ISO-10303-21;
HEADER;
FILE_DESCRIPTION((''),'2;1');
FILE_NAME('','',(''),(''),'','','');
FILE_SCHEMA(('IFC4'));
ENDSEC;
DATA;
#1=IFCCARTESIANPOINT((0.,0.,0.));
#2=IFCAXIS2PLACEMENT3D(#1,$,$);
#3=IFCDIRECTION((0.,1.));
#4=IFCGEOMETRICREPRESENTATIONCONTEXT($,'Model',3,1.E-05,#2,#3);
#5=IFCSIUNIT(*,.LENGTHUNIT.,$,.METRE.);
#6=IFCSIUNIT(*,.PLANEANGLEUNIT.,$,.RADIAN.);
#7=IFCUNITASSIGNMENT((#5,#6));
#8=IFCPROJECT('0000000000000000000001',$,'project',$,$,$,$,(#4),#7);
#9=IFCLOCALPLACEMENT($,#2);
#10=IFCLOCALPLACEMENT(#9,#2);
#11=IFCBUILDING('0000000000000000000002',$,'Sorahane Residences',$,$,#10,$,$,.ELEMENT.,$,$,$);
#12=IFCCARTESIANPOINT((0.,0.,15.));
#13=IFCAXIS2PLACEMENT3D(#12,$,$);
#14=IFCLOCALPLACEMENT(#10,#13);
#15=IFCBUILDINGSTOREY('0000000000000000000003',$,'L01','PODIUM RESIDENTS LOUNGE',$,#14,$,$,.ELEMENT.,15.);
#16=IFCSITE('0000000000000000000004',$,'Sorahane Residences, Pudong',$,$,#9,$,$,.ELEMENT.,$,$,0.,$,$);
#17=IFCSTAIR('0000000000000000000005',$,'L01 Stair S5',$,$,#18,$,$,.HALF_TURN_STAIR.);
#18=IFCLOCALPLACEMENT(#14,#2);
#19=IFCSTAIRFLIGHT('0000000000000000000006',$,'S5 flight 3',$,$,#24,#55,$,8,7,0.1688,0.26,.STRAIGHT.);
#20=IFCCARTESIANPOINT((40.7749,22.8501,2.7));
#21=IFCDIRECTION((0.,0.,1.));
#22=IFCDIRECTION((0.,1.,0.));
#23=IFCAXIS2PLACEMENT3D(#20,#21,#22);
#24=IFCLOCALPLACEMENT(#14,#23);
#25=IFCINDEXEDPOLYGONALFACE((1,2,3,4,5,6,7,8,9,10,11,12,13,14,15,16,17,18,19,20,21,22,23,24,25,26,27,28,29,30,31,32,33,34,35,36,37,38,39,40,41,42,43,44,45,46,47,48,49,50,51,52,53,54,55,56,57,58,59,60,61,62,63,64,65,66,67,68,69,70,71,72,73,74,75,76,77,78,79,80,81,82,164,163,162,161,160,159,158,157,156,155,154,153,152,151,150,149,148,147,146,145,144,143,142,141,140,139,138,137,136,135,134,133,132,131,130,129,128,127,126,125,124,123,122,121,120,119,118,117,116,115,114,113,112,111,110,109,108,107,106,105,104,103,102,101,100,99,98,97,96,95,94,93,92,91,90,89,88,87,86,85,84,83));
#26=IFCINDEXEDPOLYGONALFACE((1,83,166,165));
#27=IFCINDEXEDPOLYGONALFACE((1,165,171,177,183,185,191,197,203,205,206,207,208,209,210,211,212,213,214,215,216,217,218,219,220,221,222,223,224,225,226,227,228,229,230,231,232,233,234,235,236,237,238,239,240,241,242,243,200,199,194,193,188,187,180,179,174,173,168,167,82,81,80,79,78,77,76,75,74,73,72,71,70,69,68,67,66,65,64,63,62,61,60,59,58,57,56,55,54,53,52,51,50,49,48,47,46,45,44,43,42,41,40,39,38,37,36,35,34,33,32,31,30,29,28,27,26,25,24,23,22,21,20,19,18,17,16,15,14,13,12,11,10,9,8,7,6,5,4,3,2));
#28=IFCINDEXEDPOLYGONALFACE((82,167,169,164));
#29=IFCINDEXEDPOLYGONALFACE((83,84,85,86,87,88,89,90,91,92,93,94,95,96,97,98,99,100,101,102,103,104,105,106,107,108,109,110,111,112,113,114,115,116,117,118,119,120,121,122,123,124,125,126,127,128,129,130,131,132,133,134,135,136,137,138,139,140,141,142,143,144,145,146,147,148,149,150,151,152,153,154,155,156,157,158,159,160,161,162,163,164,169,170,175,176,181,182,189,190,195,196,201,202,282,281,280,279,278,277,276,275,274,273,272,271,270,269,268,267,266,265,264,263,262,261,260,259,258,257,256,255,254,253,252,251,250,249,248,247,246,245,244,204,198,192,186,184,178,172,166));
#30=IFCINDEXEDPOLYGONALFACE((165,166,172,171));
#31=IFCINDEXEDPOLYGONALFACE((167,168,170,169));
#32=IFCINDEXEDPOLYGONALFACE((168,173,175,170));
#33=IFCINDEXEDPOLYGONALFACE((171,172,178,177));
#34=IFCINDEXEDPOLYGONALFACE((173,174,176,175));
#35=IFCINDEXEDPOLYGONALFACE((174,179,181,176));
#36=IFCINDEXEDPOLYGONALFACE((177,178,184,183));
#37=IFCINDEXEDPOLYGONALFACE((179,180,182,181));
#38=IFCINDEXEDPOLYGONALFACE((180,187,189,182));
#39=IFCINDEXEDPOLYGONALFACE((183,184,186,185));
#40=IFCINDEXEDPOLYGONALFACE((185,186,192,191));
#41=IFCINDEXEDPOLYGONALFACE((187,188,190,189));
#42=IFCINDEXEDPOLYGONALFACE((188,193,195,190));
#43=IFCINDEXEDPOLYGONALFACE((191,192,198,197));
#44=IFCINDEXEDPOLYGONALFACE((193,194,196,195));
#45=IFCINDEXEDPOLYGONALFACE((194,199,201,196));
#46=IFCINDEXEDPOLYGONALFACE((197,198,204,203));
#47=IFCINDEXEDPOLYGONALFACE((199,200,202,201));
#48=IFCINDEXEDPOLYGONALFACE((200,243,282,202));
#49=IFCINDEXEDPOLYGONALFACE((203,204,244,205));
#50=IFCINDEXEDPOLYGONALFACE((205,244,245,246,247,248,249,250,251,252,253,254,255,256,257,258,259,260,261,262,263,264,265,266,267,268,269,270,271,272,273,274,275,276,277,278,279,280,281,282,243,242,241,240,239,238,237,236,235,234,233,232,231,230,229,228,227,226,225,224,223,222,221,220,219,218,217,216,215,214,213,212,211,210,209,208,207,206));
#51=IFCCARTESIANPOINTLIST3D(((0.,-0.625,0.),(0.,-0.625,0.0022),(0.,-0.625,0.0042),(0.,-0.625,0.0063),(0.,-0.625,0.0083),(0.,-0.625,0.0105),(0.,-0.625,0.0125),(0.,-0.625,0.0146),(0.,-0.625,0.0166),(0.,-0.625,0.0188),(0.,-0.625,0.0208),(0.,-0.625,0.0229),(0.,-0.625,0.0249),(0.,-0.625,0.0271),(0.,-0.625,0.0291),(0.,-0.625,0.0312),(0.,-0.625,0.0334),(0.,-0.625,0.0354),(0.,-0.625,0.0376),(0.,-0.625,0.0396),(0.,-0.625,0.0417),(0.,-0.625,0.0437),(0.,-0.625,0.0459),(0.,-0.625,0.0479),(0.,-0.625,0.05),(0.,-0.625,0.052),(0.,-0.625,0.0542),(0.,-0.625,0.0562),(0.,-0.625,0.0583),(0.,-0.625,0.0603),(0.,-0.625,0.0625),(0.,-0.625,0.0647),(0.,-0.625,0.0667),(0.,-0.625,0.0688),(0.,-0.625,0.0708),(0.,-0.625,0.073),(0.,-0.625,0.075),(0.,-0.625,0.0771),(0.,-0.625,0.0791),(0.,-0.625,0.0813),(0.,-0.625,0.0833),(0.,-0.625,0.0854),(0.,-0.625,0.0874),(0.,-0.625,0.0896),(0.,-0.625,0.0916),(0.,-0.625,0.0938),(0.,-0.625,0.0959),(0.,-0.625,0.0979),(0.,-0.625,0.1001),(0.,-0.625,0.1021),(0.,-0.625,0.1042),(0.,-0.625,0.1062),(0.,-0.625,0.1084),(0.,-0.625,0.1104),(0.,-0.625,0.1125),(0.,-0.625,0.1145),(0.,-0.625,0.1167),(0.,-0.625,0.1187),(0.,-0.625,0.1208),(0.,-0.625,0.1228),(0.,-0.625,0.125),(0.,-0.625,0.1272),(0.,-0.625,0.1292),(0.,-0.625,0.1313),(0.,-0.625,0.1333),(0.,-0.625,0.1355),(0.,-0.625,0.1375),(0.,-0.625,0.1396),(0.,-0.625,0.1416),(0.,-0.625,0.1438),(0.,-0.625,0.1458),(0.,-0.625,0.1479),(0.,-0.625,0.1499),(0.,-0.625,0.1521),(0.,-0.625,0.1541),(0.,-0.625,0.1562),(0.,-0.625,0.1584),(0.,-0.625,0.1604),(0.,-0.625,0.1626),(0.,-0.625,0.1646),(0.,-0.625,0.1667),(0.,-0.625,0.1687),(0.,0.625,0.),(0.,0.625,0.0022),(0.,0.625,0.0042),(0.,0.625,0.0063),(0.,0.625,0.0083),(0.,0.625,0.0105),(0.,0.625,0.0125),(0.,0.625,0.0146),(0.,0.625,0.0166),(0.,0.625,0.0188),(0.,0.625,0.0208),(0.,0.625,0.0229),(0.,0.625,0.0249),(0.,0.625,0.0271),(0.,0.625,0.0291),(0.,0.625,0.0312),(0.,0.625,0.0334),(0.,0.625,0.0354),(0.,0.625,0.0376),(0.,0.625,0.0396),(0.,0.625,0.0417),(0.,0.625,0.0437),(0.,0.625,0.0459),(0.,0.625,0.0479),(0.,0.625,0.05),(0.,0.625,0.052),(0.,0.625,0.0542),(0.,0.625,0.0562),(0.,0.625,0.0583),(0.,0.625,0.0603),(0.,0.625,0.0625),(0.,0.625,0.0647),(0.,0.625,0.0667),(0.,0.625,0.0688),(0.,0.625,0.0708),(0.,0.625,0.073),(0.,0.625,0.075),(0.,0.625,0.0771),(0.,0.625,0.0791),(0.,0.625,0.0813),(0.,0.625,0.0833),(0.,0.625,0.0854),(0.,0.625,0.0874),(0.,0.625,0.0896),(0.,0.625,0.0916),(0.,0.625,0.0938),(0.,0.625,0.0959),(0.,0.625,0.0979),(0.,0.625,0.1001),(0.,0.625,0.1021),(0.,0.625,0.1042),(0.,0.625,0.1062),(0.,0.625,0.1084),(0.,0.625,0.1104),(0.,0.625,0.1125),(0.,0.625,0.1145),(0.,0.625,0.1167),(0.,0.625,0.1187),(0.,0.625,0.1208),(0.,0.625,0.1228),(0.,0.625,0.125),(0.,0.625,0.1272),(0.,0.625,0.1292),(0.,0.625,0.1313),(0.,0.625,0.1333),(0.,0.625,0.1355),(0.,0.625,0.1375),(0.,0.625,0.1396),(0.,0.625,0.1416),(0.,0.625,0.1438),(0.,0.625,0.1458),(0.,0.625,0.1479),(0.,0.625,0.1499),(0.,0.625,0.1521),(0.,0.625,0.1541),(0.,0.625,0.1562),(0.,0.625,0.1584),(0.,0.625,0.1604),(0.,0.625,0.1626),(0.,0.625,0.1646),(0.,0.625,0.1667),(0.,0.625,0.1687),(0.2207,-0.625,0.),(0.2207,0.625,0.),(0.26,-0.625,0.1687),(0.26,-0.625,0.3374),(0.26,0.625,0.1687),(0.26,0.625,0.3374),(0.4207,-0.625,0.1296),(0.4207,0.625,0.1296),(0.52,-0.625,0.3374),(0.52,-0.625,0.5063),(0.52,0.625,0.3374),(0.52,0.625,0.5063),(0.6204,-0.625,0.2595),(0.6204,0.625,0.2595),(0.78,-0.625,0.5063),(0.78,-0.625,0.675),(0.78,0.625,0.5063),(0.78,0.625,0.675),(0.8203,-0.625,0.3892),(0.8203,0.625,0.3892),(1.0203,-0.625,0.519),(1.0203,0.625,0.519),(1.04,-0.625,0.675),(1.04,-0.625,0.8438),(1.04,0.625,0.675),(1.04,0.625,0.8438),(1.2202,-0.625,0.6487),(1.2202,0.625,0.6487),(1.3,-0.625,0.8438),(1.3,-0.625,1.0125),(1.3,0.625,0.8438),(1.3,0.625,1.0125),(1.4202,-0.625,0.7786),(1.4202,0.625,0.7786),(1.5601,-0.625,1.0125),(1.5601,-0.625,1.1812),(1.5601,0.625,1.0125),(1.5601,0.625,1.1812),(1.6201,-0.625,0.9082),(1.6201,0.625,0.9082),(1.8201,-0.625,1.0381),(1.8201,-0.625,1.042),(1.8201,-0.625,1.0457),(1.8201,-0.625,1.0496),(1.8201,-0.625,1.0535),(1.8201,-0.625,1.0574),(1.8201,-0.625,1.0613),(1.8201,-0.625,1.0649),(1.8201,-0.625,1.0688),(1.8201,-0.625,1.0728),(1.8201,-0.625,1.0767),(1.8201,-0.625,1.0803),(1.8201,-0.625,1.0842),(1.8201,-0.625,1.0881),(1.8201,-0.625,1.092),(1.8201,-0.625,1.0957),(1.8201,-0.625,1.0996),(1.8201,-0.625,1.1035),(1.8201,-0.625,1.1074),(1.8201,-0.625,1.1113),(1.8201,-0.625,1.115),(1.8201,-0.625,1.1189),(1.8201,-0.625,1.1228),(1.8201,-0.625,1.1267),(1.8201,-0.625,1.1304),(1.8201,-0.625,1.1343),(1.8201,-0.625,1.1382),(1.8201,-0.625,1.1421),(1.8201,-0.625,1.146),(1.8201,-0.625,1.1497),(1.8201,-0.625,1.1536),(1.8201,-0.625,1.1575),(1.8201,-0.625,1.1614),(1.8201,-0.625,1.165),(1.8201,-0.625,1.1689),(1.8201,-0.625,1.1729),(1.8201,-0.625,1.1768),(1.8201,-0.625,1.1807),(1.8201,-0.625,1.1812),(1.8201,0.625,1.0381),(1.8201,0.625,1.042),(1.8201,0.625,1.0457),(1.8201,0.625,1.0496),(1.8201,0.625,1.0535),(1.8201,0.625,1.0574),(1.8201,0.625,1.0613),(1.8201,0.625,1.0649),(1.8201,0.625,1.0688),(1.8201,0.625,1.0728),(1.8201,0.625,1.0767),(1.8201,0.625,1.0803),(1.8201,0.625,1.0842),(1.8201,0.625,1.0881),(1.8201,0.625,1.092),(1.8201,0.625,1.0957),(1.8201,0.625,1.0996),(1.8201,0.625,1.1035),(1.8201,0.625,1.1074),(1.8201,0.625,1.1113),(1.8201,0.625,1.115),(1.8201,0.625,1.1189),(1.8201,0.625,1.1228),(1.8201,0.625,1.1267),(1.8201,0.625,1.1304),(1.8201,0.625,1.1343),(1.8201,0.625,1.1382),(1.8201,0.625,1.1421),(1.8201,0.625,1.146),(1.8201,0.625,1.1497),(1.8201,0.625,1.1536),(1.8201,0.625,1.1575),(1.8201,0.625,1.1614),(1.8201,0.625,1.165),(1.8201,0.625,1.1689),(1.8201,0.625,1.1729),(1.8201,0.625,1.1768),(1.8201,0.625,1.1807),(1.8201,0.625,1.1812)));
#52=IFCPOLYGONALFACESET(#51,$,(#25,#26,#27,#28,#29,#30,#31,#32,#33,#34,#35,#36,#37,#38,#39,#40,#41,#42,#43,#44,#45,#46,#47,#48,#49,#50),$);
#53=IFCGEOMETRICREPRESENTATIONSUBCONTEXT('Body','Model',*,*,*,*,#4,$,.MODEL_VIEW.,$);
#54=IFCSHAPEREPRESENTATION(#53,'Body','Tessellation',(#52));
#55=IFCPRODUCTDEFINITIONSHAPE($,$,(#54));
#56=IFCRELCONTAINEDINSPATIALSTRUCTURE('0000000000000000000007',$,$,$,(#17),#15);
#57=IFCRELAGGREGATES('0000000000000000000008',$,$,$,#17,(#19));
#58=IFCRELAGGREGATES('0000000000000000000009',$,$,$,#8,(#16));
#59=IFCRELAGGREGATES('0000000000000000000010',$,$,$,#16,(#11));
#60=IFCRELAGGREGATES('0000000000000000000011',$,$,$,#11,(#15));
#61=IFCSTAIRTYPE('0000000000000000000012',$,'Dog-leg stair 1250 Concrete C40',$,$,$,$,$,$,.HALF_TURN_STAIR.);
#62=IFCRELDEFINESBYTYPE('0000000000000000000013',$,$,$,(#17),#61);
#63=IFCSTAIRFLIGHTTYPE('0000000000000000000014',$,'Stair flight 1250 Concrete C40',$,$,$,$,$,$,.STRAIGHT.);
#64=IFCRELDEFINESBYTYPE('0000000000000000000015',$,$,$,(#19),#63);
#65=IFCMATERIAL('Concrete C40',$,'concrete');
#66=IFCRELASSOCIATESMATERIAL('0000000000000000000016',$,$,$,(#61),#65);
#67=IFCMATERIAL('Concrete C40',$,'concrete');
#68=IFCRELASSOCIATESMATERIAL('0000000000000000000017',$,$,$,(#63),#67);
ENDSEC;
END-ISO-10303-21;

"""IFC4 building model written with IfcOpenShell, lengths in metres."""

from ifc_helpers import new_model, si_unit, direction, frame, origin, place, context, subcontext, project, spatial, polyline, outline, extrude, material, type_object, element, aggregate, save


model = new_model("IFC4")

# Units and contexts
model_context = context("Model", 3, precision=1e-05, world=origin(), true_north=direction((0.0, 1.0)))
body_context = subcontext(model_context, "Body", "Model", "MODEL_VIEW")
ifc_project = project(units=[si_unit("LENGTHUNIT", "METRE"), si_unit("PLANEANGLEUNIT", "RADIAN")], contexts=[model_context])

# Site, building, storey
site_placement = place(None, origin())
site = spatial("IfcSite", under=ifc_project, at=site_placement, Name="Sorahane Residences, Pudong", CompositionType="ELEMENT", RefElevation=0.0)
building_placement = place(site_placement, origin())
building = spatial("IfcBuilding", under=site, at=building_placement, Name="Sorahane Residences", CompositionType="ELEMENT")
storey_placement = place(building_placement, frame((0.0, 0.0, 15.0)))
storey = spatial("IfcBuildingStorey", under=building, at=storey_placement, Name="L01", Description="PODIUM RESIDENTS LOUNGE", CompositionType="ELEMENT", Elevation=15.0)

# Stair, stair flight
ifc_material_1 = material(Name="Concrete C40", Category="concrete")
stair_type = type_object("IfcStairType", Name="Dog-leg stair 1250 Concrete C40", PredefinedType="HALF_TURN_STAIR", material=ifc_material_1)
stair_placement = place(storey_placement, origin())
stair = element("IfcStair", 1, at=stair_placement, inside=storey, type_object=stair_type, Name="L01 Stair S5", PredefinedType="HALF_TURN_STAIR")
ifc_material_2 = material(Name="Concrete C40", Category="concrete")
stair_flight_type = type_object("IfcStairFlightType", Name="Stair flight 1250 Concrete C40", PredefinedType="STRAIGHT", material=ifc_material_2)
stair_flight_1_placement = place(storey_placement, frame((40.7749, 22.8501, 2.7), z_axis=(0.0, 0.0, 1.0), x_axis=(0.0, 1.0, 0.0)))
stair_flight_1 = element("IfcStairFlight", 2, at=stair_flight_1_placement, type_object=stair_flight_type, Name="S5 flight 3", NumberOfRisers=8, NumberOfTreads=7, PredefinedType="STRAIGHT", RiserHeight=0.1688, TreadLength=0.26, context=body_context, shape_type="SweptSolid", body=[
    extrude(outline(polyline([(0.0, 0.0), (0.0, 0.0022), (0.0, 0.0042), (0.0, 0.0063), (0.0, 0.0083), (0.0, 0.0105), (0.0, 0.0125), (0.0, 0.0146), (0.0, 0.0166), (0.0, 0.0188), (0.0, 0.0208), (0.0, 0.0229), (0.0, 0.0249), (0.0, 0.0271), (0.0, 0.0291), (0.0, 0.0312), (0.0, 0.0334), (0.0, 0.0354), (0.0, 0.0376), (0.0, 0.0396), (0.0, 0.0417), (0.0, 0.0437), (0.0, 0.0459), (0.0, 0.0479), (0.0, 0.05), (0.0, 0.052), (0.0, 0.0542), (0.0, 0.0562), (0.0, 0.0583), (0.0, 0.0603), (0.0, 0.0625), (0.0, 0.0647), (0.0, 0.0667), (0.0, 0.0688), (0.0, 0.0708), (0.0, 0.073), (0.0, 0.075), (0.0, 0.0771), (0.0, 0.0791), (0.0, 0.0813), (0.0, 0.0833), (0.0, 0.0854), (0.0, 0.0874), (0.0, 0.0896), (0.0, 0.0916), (0.0, 0.0938), (0.0, 0.0959), (0.0, 0.0979), (0.0, 0.1001), (0.0, 0.1021), (0.0, 0.1042), (0.0, 0.1062), (0.0, 0.1084), (0.0, 0.1104), (0.0, 0.1125), (0.0, 0.1145), (0.0, 0.1167), (0.0, 0.1187), (0.0, 0.1208), (0.0, 0.1228), (0.0, 0.125), (0.0, 0.1272), (0.0, 0.1292), (0.0, 0.1313), (0.0, 0.1333), (0.0, 0.1355), (0.0, 0.1375), (0.0, 0.1396), (0.0, 0.1416), (0.0, 0.1438), (0.0, 0.1458), (0.0, 0.1479), (0.0, 0.1499), (0.0, 0.1521), (0.0, 0.1541), (0.0, 0.1562), (0.0, 0.1584), (0.0, 0.1604), (0.0, 0.1626), (0.0, 0.1646), (0.0, 0.1667), (0.0, 0.1687), (0.26, 0.1687), (0.26, 0.3374), (0.52, 0.3374), (0.52, 0.5063), (0.78, 0.5063), (0.78, 0.675), (1.04, 0.675), (1.04, 0.8438), (1.3, 0.8438), (1.3, 1.0125), (1.5601, 1.0125), (1.5601, 1.1812), (1.8201, 1.1812), (1.8201, 1.3501), (1.8201, 1.3462), (1.8201, 1.3423), (1.8201, 1.3384), (1.8201, 1.3347), (1.8201, 1.3308), (1.8201, 1.3269), (1.8201, 1.323), (1.8201, 1.3191), (1.8201, 1.3154), (1.8201, 1.3115), (1.8201, 1.3076), (1.8201, 1.3037), (1.8201, 1.3), (1.8201, 1.2961), (1.8201, 1.2922), (1.8201, 1.2883), (1.8201, 1.2844), (1.8201, 1.2808), (1.8201, 1.2769), (1.8201, 1.2729), (1.8201, 1.269), (1.8201, 1.2654), (1.8201, 1.2615), (1.8201, 1.2576), (1.8201, 1.2537), (1.8201, 1.2498), (1.8201, 1.2461), (1.8201, 1.2422), (1.8201, 1.2383), (1.8201, 1.2344), (1.8201, 1.2307), (1.8201, 1.2268), (1.8201, 1.2229), (1.8201, 1.219), (1.8201, 1.2151), (1.8201, 1.2114), (1.8201, 1.2075), (1.8201, 1.2036), (1.8201, 1.1997), (1.8201, 1.196), (1.8201, 1.1921), (1.8201, 1.1882), (1.8201, 1.1843), (1.8201, 1.1807), (1.8201, 1.1768), (1.8201, 1.1729), (1.8201, 1.1689), (1.8201, 1.165), (1.8201, 1.1614), (1.8201, 1.1575), (1.8201, 1.1536), (1.8201, 1.1497), (1.8201, 1.146), (1.8201, 1.1421), (1.8201, 1.1382), (1.8201, 1.1343), (1.8201, 1.1304), (1.8201, 1.1267), (1.8201, 1.1228), (1.8201, 1.1189), (1.8201, 1.115), (1.8201, 1.1113), (1.8201, 1.1074), (1.8201, 1.1035), (1.8201, 1.0996), (1.8201, 1.0957), (1.8201, 1.092), (1.8201, 1.0881), (1.8201, 1.0842), (1.8201, 1.0803), (1.8201, 1.0767), (1.8201, 1.0728), (1.8201, 1.0688), (1.8201, 1.0649), (1.8201, 1.0613), (1.8201, 1.0574), (1.8201, 1.0535), (1.8201, 1.0496), (1.8201, 1.0457), (1.8201, 1.042), (1.8201, 1.0381), (1.6201, 0.9082), (1.4202, 0.7786), (1.2202, 0.6487), (1.0203, 0.519), (0.8203, 0.3892), (0.6204, 0.2595), (0.4207, 0.1296), (0.2207, 0.0), (0.0, 0.0)])), frame((0.0, 0.625, 0.0), z_axis=(0.0, -1.0, 0.0), x_axis=(1.0, 0.0, 0.0)), (0.0, 0.0, 1.0), 1.25),
])
aggregate(stair, [stair_flight_1])

save(model, "model.ifc")
